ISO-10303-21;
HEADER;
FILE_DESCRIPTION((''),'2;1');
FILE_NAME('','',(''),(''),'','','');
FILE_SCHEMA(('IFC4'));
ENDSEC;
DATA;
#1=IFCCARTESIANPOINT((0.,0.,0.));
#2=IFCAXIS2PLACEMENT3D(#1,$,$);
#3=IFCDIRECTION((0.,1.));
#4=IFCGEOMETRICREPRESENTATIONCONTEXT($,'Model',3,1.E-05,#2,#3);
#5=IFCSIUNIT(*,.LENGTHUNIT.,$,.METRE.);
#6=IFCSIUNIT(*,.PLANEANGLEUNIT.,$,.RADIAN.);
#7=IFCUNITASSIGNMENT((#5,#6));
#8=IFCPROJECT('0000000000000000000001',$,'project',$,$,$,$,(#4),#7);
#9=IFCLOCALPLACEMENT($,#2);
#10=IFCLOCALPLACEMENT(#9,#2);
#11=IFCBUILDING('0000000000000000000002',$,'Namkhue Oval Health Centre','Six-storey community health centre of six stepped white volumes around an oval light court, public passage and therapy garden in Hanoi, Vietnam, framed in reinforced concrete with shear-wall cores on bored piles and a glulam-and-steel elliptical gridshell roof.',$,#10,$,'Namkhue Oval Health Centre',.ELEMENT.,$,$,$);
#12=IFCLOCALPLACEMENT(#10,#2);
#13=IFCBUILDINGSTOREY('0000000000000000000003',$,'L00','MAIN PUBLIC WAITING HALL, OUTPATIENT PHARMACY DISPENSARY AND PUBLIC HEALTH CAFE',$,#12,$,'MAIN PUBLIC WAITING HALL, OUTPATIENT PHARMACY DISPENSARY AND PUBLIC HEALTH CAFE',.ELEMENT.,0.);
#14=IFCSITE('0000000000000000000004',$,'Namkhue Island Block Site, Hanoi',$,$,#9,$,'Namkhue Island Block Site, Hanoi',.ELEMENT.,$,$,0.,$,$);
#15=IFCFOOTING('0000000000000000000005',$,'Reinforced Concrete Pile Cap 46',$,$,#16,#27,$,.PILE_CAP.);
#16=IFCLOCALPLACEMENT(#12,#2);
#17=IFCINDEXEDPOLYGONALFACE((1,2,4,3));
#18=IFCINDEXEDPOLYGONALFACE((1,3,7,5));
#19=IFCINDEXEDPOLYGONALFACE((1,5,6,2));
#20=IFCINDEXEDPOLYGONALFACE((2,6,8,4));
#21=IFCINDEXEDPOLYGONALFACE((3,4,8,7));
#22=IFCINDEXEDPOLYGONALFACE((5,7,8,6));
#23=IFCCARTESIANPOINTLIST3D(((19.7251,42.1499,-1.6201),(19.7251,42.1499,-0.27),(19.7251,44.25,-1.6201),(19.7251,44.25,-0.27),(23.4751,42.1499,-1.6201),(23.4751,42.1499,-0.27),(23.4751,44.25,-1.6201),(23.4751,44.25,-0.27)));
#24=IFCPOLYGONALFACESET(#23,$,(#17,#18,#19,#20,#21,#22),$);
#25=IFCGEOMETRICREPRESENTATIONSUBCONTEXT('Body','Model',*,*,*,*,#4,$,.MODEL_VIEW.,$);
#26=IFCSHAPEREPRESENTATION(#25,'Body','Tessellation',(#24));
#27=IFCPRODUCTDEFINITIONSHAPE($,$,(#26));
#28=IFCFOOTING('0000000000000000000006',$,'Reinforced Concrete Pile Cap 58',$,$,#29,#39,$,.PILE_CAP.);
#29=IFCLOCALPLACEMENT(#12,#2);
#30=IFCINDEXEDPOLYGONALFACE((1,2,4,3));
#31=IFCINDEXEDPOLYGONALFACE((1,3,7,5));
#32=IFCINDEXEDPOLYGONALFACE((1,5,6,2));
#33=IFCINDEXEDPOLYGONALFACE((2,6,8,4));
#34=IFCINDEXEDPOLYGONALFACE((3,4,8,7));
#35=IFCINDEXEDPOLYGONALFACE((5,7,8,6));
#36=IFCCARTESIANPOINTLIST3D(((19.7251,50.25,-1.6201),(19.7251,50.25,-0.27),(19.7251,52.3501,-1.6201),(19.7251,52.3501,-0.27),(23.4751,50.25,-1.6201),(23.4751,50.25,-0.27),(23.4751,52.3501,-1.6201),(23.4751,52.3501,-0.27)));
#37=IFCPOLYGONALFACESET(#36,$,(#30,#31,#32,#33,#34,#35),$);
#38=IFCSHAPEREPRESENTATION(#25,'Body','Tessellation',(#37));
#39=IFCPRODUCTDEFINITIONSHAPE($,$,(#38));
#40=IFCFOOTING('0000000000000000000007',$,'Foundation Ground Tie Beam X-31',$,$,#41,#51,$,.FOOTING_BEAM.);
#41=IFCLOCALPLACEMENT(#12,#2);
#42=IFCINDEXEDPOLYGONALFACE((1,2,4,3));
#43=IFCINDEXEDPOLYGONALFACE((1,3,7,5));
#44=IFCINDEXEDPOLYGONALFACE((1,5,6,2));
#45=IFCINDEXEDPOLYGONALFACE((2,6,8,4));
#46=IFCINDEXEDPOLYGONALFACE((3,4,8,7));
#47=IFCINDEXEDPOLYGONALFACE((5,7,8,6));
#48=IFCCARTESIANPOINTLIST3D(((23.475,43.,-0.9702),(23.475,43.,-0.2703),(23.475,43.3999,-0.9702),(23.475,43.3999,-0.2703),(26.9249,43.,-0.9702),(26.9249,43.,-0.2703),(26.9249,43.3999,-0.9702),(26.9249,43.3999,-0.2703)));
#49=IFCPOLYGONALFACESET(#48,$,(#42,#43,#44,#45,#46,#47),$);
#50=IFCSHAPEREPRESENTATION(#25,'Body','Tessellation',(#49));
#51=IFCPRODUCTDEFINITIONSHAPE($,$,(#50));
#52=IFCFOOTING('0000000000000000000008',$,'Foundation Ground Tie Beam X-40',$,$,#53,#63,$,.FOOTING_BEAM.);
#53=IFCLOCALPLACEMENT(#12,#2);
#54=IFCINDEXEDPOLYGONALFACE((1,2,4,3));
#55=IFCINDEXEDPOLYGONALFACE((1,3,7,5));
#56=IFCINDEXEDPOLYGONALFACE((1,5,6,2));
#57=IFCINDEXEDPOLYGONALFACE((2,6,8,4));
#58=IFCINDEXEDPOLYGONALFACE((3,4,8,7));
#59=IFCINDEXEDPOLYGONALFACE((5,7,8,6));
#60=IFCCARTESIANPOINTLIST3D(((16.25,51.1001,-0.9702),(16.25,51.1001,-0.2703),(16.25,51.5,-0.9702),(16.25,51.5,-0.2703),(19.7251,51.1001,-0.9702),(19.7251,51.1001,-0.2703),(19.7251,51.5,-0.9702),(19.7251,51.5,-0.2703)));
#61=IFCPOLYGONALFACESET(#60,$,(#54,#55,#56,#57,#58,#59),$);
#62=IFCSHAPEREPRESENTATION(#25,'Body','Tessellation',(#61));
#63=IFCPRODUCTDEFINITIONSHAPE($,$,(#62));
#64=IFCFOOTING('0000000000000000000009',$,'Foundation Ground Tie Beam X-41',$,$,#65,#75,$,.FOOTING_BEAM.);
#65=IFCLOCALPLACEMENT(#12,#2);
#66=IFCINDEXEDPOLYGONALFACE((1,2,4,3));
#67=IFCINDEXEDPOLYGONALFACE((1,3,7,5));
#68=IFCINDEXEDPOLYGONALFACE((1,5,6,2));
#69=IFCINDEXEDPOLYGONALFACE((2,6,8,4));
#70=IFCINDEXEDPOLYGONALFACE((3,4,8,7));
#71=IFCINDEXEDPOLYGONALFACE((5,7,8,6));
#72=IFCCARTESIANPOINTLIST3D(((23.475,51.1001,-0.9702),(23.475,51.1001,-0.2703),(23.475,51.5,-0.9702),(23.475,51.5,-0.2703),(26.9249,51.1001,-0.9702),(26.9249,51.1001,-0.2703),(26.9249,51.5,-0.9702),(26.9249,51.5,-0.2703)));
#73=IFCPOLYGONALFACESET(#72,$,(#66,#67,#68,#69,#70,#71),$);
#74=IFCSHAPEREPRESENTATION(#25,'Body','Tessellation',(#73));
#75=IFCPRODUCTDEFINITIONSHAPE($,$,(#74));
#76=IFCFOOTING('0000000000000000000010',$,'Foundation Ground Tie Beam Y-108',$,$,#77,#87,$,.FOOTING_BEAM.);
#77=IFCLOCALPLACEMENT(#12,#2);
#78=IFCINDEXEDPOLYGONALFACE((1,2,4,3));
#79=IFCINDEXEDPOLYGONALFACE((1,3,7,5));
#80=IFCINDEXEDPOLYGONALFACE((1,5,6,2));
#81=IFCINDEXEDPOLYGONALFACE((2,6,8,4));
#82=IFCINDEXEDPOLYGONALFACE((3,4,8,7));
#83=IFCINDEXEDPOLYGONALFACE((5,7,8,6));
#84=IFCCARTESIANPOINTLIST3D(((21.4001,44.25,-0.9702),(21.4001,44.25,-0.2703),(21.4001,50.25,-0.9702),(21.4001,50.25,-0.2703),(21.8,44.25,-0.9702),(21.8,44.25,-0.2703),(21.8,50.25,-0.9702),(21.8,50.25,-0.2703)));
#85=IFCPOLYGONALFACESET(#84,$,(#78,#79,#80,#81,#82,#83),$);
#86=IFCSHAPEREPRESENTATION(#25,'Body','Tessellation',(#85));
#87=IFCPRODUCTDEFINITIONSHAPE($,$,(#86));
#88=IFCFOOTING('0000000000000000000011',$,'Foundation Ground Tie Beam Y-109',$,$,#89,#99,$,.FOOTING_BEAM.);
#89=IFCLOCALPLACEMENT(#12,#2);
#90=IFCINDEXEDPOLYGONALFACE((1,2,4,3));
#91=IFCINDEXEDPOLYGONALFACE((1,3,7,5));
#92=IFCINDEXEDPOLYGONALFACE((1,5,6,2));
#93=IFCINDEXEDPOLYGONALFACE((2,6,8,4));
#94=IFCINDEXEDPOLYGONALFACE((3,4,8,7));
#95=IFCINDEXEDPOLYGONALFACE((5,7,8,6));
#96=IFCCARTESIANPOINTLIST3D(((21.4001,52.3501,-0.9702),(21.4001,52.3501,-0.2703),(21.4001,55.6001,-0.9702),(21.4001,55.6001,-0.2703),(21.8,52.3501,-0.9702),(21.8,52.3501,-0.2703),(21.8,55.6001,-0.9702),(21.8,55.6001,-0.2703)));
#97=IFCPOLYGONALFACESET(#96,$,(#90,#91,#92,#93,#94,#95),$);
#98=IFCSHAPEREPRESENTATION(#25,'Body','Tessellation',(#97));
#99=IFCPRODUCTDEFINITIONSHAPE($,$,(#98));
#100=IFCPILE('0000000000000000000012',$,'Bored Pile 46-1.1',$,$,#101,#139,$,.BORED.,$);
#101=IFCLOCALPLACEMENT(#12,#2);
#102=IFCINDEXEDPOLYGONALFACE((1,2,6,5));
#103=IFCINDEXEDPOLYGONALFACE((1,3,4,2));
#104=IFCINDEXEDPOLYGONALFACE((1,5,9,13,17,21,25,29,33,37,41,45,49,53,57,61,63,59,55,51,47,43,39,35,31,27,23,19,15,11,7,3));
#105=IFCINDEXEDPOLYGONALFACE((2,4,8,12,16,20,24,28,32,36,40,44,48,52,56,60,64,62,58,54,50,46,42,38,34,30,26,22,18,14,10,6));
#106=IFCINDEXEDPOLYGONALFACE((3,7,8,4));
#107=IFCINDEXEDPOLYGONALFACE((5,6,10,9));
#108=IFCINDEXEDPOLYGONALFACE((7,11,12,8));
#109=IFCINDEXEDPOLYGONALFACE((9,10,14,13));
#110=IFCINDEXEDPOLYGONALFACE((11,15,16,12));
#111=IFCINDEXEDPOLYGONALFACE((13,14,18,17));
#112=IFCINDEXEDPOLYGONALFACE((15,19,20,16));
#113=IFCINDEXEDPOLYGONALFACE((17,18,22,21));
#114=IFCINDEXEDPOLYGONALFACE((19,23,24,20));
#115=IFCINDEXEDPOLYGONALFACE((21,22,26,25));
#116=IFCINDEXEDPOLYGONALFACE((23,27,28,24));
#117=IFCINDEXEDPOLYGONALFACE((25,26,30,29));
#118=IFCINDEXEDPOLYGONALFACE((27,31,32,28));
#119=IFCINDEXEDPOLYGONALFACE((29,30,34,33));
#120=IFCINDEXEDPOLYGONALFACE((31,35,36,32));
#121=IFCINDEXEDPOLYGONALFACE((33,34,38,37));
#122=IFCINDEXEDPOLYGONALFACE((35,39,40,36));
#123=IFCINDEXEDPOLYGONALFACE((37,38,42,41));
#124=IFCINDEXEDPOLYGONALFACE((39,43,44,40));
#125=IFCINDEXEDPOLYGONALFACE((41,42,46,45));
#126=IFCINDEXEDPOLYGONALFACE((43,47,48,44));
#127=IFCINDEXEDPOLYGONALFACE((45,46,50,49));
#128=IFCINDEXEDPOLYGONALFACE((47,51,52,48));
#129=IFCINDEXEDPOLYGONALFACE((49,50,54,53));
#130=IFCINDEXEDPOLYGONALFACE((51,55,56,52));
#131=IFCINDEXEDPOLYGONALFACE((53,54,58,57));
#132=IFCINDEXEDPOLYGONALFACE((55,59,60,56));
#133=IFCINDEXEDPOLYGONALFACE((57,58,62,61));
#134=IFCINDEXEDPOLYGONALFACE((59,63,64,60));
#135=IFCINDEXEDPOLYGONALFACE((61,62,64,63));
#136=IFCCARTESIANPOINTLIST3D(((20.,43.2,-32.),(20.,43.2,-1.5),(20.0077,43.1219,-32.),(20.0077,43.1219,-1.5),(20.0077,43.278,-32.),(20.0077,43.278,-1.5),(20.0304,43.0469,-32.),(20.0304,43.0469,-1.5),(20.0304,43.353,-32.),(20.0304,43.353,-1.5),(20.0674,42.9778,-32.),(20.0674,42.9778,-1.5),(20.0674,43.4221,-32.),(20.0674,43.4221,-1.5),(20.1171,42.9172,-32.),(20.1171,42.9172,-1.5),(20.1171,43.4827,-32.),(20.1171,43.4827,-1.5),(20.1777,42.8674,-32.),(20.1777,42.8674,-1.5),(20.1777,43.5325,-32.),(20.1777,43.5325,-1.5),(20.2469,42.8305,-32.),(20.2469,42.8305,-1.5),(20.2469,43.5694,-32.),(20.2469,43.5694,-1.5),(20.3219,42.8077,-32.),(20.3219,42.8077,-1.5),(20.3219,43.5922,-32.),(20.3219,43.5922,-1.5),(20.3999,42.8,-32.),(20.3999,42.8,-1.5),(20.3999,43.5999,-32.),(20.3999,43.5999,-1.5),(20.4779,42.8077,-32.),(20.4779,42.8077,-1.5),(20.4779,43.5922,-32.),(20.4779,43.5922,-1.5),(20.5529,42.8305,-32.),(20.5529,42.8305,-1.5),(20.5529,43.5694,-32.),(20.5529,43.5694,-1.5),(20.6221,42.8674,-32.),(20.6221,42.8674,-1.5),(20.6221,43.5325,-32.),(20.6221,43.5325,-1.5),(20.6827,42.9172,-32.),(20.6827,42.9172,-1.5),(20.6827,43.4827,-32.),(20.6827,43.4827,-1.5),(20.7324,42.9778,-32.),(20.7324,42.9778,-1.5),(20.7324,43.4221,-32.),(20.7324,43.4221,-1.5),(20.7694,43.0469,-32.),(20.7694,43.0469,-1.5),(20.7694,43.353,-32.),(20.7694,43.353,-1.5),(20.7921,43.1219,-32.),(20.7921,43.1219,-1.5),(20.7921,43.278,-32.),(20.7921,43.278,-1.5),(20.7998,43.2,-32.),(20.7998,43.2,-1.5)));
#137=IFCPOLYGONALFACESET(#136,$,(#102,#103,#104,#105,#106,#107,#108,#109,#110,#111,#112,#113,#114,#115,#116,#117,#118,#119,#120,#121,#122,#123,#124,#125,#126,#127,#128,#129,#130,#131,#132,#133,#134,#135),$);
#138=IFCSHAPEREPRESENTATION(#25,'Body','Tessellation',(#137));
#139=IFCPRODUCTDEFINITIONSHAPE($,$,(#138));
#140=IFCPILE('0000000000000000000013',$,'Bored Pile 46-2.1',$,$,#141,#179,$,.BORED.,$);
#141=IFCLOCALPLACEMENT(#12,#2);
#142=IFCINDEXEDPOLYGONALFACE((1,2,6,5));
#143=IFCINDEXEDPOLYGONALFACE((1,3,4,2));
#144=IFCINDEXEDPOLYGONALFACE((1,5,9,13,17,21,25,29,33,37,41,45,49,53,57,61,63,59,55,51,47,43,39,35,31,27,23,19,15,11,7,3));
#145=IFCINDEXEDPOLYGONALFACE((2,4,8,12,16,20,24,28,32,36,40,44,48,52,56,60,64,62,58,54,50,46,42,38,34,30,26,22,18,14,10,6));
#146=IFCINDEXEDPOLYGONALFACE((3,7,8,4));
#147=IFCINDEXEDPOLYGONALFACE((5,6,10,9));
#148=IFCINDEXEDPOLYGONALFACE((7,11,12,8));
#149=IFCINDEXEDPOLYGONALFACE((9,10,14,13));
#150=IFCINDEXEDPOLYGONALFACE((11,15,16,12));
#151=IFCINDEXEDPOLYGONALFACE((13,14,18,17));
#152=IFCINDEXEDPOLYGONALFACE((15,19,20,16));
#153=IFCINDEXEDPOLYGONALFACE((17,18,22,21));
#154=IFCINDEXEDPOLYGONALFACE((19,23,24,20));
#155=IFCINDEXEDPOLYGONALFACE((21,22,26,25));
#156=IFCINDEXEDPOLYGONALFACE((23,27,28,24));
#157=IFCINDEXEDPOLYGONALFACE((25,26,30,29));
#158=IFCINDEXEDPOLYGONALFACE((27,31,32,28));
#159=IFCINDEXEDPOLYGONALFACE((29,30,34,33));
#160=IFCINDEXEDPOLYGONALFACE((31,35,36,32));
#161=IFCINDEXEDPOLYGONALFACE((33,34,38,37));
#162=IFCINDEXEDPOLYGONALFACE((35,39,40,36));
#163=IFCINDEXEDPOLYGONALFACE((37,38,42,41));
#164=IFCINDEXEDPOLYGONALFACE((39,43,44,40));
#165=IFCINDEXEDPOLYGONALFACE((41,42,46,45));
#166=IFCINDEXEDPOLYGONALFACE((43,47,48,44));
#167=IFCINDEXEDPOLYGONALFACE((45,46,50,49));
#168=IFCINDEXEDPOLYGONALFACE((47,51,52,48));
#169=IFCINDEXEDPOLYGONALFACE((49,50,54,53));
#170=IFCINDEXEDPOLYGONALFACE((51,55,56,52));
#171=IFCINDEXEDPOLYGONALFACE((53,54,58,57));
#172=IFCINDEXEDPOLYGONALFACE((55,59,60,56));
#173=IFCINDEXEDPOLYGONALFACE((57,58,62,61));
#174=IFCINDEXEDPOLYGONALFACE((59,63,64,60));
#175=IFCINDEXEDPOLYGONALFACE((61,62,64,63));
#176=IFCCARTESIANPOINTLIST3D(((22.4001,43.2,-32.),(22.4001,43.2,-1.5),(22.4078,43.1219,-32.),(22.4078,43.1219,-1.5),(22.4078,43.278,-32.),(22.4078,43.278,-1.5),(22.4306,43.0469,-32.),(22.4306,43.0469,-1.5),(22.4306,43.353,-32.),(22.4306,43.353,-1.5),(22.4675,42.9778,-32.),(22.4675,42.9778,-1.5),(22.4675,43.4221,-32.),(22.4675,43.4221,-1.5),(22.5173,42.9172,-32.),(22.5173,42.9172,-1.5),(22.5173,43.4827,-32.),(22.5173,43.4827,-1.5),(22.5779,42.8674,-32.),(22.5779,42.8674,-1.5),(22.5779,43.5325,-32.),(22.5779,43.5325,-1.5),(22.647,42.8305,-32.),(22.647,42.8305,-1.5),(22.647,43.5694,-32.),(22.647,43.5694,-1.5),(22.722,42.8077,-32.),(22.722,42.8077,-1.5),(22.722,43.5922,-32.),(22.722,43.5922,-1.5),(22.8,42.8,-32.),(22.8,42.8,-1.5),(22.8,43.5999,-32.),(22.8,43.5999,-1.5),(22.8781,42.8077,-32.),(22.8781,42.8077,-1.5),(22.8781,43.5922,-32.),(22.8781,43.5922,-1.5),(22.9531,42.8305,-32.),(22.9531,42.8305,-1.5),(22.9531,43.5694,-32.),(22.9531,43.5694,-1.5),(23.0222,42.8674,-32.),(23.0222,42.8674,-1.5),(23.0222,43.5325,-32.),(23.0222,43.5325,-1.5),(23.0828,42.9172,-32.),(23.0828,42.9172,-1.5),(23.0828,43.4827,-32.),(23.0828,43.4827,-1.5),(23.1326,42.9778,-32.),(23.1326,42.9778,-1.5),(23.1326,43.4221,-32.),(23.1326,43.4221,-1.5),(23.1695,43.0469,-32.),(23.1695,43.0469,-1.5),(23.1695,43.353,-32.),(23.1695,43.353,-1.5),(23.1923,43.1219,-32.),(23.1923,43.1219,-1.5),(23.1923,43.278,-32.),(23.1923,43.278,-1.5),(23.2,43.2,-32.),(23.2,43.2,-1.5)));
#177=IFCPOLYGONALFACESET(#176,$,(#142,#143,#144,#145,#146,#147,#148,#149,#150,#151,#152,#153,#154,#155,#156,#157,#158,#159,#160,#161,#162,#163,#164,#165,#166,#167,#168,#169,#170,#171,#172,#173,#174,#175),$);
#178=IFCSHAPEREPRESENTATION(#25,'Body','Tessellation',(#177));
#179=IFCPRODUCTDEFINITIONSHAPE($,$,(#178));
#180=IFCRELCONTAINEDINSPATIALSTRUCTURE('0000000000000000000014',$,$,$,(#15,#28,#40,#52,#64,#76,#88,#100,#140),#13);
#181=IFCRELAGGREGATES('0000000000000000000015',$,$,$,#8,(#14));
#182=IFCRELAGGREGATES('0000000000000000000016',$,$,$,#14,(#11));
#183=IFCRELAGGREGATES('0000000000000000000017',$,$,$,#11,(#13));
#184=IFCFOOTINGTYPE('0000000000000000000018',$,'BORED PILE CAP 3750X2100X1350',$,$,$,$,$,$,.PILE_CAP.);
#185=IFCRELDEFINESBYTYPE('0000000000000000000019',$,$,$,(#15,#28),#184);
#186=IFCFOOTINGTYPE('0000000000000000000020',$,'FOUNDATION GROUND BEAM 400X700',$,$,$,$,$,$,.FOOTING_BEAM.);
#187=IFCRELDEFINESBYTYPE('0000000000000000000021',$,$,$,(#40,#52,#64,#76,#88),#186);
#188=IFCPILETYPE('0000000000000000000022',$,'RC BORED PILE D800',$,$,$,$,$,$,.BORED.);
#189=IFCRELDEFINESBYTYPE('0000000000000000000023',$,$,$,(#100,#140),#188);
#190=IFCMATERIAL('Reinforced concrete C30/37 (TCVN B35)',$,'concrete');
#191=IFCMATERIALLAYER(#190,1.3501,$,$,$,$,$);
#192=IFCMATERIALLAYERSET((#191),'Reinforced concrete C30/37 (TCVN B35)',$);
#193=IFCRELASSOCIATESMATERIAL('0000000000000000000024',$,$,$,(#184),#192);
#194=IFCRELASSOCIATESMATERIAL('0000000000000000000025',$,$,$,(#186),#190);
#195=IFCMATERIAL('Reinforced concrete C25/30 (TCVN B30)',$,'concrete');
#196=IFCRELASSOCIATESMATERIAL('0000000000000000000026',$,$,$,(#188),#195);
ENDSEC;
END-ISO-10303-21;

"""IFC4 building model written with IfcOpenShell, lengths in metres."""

from ifc_helpers import new_model, si_unit, direction, frame, origin, origin_2d, place, context, subcontext, project, spatial, rectangle, circle, extrude, material, layer, layer_set, material_profile, profile_set, type_object, element, save


model = new_model("IFC4")

# Units and contexts
model_context = context("Model", 3, precision=1e-05, world=origin(), true_north=direction((0.0, 1.0)))
body_context = subcontext(model_context, "Body", "Model", "MODEL_VIEW")
ifc_project = project(units=[si_unit("LENGTHUNIT", "METRE"), si_unit("PLANEANGLEUNIT", "RADIAN")], contexts=[model_context])

# Site, building, storey
site_placement = place(None, origin())
site = spatial("IfcSite", under=ifc_project, at=site_placement, Name="Namkhue Island Block Site, Hanoi", LongName="Namkhue Island Block Site, Hanoi", CompositionType="ELEMENT", RefElevation=0.0)
building_placement = place(site_placement, origin())
building = spatial("IfcBuilding", under=site, at=building_placement, Name="Namkhue Oval Health Centre", Description="Six-storey community health centre of six stepped white volumes around an oval light court, public passage and therapy garden in Hanoi, Vietnam, framed in reinforced concrete with shear-wall cores on bored piles and a glulam-and-steel elliptical gridshell roof.", LongName="Namkhue Oval Health Centre", CompositionType="ELEMENT")
storey_placement = place(building_placement, origin())
storey = spatial("IfcBuildingStorey", under=building, at=storey_placement, Name="L00", Description="MAIN PUBLIC WAITING HALL, OUTPATIENT PHARMACY DISPENSARY AND PUBLIC HEALTH CAFE", LongName="MAIN PUBLIC WAITING HALL, OUTPATIENT PHARMACY DISPENSARY AND PUBLIC HEALTH CAFE", CompositionType="ELEMENT", Elevation=0.0)

# Footings
ifc_material_1 = material(Name="Reinforced concrete C30/37 (TCVN B35)", Category="concrete")
ifc_layer_1 = layer(ifc_material_1, 1.3501)
ifc_layer_set_1 = layer_set([ifc_layer_1], Name="Reinforced concrete C30/37 (TCVN B35)")
footing_type_1 = type_object("IfcFootingType", Name="BORED PILE CAP 3750X2100X1350", PredefinedType="PILE_CAP", material=ifc_layer_set_1)
for number, where, z_axis, x_axis, name in (
    (1, (21.6001, 43.2, -1.6201), (0.0, 0.0, 1.0), (1.0, 0.0, 0.0), "Reinforced Concrete Pile Cap 46"),
    (2, (21.6001, 51.3, -1.6201), (0.0, 0.0, 1.0), (1.0, 0.0, 0.0), "Reinforced Concrete Pile Cap 58"),
):
    element("IfcFooting", number, at=place(storey_placement, frame(where, z_axis=z_axis, x_axis=x_axis)), inside=storey, type_object=footing_type_1, Name=name, PredefinedType="PILE_CAP", context=body_context, shape_type="SweptSolid", body=[
        extrude(rectangle(XDim=3.75, YDim=2.1001, at=origin_2d()), origin(), (0.0, 0.0, 1.0), 1.3501),
    ])
footing_type_2 = type_object("IfcFootingType", Name="FOUNDATION GROUND BEAM 400X700", PredefinedType="FOOTING_BEAM", material=ifc_material_1)
footing_1_placement = place(storey_placement, frame((25.2, 43.2, -0.9702), z_axis=(0.0, 0.0, 1.0), x_axis=(1.0, 0.0, 0.0)))
element("IfcFooting", 3, at=footing_1_placement, inside=storey, type_object=footing_type_2, Name="Foundation Ground Tie Beam X-31", PredefinedType="FOOTING_BEAM", context=body_context, shape_type="SweptSolid", body=[
    extrude(rectangle(XDim=3.45, YDim=0.3999, at=origin_2d()), origin(), (0.0, 0.0, 1.0), 0.7),
])
footing_2_placement = place(storey_placement, frame((17.9875, 51.3, -0.9702), z_axis=(0.0, 0.0, 1.0), x_axis=(1.0, 0.0, 0.0)))
element("IfcFooting", 4, at=footing_2_placement, inside=storey, type_object=footing_type_2, Name="Foundation Ground Tie Beam X-40", PredefinedType="FOOTING_BEAM", context=body_context, shape_type="SweptSolid", body=[
    extrude(rectangle(XDim=3.4751, YDim=0.3999, at=origin_2d()), origin(), (0.0, 0.0, 1.0), 0.7),
])
footing_3_placement = place(storey_placement, frame((25.2, 51.3, -0.9702), z_axis=(0.0, 0.0, 1.0), x_axis=(1.0, 0.0, 0.0)))
element("IfcFooting", 5, at=footing_3_placement, inside=storey, type_object=footing_type_2, Name="Foundation Ground Tie Beam X-41", PredefinedType="FOOTING_BEAM", context=body_context, shape_type="SweptSolid", body=[
    extrude(rectangle(XDim=3.45, YDim=0.3999, at=origin_2d()), origin(), (0.0, 0.0, 1.0), 0.7),
])
footing_4_placement = place(storey_placement, frame((21.6001, 47.25, -0.9702), z_axis=(0.0, 0.0, 1.0), x_axis=(0.0, 1.0, 0.0)))
element("IfcFooting", 6, at=footing_4_placement, inside=storey, type_object=footing_type_2, Name="Foundation Ground Tie Beam Y-108", PredefinedType="FOOTING_BEAM", context=body_context, shape_type="SweptSolid", body=[
    extrude(rectangle(XDim=6.0, YDim=0.3999, at=origin_2d()), origin(), (0.0, 0.0, 1.0), 0.7),
])
footing_5_placement = place(storey_placement, frame((21.6001, 53.9751, -0.9702), z_axis=(0.0, 0.0, 1.0), x_axis=(0.0, 1.0, 0.0)))
element("IfcFooting", 7, at=footing_5_placement, inside=storey, type_object=footing_type_2, Name="Foundation Ground Tie Beam Y-109", PredefinedType="FOOTING_BEAM", context=body_context, shape_type="SweptSolid", body=[
    extrude(rectangle(XDim=3.25, YDim=0.3999, at=origin_2d()), origin(), (0.0, 0.0, 1.0), 0.7),
])

# Piles
ifc_material_2 = material(Name="Reinforced concrete C25/30 (TCVN B30)", Category="concrete")
ifc_material_profile_1 = material_profile(ifc_material_2, circle(Radius=0.3999, at=origin_2d()), Name="BORED PILE D800")
ifc_profile_set_1 = profile_set([ifc_material_profile_1], Name="Reinforced concrete C25/30 (TCVN B30)")
pile_type = type_object("IfcPileType", Name="RC BORED PILE D800", PredefinedType="BORED", material=ifc_profile_set_1)
for number, where, z_axis, x_axis, name in (
    (8, (20.3999, 43.2, -1.5), (0.0, 0.0, -1.0), (1.0, 0.0, 0.0), "Bored Pile 46-1.1"),
    (9, (22.8, 43.2, -1.5), (0.0, 0.0, -1.0), (1.0, 0.0, 0.0), "Bored Pile 46-2.1"),
):
    element("IfcPile", number, at=place(storey_placement, frame(where, z_axis=z_axis, x_axis=x_axis)), inside=storey, type_object=pile_type, Name=name, PredefinedType="BORED", context=body_context, shape_type="SweptSolid", body=[
        extrude(circle(Radius=0.3999, at=origin_2d()), origin(), (0.0, 0.0, 1.0), 30.5),
    ])

save(model, "model.ifc")
